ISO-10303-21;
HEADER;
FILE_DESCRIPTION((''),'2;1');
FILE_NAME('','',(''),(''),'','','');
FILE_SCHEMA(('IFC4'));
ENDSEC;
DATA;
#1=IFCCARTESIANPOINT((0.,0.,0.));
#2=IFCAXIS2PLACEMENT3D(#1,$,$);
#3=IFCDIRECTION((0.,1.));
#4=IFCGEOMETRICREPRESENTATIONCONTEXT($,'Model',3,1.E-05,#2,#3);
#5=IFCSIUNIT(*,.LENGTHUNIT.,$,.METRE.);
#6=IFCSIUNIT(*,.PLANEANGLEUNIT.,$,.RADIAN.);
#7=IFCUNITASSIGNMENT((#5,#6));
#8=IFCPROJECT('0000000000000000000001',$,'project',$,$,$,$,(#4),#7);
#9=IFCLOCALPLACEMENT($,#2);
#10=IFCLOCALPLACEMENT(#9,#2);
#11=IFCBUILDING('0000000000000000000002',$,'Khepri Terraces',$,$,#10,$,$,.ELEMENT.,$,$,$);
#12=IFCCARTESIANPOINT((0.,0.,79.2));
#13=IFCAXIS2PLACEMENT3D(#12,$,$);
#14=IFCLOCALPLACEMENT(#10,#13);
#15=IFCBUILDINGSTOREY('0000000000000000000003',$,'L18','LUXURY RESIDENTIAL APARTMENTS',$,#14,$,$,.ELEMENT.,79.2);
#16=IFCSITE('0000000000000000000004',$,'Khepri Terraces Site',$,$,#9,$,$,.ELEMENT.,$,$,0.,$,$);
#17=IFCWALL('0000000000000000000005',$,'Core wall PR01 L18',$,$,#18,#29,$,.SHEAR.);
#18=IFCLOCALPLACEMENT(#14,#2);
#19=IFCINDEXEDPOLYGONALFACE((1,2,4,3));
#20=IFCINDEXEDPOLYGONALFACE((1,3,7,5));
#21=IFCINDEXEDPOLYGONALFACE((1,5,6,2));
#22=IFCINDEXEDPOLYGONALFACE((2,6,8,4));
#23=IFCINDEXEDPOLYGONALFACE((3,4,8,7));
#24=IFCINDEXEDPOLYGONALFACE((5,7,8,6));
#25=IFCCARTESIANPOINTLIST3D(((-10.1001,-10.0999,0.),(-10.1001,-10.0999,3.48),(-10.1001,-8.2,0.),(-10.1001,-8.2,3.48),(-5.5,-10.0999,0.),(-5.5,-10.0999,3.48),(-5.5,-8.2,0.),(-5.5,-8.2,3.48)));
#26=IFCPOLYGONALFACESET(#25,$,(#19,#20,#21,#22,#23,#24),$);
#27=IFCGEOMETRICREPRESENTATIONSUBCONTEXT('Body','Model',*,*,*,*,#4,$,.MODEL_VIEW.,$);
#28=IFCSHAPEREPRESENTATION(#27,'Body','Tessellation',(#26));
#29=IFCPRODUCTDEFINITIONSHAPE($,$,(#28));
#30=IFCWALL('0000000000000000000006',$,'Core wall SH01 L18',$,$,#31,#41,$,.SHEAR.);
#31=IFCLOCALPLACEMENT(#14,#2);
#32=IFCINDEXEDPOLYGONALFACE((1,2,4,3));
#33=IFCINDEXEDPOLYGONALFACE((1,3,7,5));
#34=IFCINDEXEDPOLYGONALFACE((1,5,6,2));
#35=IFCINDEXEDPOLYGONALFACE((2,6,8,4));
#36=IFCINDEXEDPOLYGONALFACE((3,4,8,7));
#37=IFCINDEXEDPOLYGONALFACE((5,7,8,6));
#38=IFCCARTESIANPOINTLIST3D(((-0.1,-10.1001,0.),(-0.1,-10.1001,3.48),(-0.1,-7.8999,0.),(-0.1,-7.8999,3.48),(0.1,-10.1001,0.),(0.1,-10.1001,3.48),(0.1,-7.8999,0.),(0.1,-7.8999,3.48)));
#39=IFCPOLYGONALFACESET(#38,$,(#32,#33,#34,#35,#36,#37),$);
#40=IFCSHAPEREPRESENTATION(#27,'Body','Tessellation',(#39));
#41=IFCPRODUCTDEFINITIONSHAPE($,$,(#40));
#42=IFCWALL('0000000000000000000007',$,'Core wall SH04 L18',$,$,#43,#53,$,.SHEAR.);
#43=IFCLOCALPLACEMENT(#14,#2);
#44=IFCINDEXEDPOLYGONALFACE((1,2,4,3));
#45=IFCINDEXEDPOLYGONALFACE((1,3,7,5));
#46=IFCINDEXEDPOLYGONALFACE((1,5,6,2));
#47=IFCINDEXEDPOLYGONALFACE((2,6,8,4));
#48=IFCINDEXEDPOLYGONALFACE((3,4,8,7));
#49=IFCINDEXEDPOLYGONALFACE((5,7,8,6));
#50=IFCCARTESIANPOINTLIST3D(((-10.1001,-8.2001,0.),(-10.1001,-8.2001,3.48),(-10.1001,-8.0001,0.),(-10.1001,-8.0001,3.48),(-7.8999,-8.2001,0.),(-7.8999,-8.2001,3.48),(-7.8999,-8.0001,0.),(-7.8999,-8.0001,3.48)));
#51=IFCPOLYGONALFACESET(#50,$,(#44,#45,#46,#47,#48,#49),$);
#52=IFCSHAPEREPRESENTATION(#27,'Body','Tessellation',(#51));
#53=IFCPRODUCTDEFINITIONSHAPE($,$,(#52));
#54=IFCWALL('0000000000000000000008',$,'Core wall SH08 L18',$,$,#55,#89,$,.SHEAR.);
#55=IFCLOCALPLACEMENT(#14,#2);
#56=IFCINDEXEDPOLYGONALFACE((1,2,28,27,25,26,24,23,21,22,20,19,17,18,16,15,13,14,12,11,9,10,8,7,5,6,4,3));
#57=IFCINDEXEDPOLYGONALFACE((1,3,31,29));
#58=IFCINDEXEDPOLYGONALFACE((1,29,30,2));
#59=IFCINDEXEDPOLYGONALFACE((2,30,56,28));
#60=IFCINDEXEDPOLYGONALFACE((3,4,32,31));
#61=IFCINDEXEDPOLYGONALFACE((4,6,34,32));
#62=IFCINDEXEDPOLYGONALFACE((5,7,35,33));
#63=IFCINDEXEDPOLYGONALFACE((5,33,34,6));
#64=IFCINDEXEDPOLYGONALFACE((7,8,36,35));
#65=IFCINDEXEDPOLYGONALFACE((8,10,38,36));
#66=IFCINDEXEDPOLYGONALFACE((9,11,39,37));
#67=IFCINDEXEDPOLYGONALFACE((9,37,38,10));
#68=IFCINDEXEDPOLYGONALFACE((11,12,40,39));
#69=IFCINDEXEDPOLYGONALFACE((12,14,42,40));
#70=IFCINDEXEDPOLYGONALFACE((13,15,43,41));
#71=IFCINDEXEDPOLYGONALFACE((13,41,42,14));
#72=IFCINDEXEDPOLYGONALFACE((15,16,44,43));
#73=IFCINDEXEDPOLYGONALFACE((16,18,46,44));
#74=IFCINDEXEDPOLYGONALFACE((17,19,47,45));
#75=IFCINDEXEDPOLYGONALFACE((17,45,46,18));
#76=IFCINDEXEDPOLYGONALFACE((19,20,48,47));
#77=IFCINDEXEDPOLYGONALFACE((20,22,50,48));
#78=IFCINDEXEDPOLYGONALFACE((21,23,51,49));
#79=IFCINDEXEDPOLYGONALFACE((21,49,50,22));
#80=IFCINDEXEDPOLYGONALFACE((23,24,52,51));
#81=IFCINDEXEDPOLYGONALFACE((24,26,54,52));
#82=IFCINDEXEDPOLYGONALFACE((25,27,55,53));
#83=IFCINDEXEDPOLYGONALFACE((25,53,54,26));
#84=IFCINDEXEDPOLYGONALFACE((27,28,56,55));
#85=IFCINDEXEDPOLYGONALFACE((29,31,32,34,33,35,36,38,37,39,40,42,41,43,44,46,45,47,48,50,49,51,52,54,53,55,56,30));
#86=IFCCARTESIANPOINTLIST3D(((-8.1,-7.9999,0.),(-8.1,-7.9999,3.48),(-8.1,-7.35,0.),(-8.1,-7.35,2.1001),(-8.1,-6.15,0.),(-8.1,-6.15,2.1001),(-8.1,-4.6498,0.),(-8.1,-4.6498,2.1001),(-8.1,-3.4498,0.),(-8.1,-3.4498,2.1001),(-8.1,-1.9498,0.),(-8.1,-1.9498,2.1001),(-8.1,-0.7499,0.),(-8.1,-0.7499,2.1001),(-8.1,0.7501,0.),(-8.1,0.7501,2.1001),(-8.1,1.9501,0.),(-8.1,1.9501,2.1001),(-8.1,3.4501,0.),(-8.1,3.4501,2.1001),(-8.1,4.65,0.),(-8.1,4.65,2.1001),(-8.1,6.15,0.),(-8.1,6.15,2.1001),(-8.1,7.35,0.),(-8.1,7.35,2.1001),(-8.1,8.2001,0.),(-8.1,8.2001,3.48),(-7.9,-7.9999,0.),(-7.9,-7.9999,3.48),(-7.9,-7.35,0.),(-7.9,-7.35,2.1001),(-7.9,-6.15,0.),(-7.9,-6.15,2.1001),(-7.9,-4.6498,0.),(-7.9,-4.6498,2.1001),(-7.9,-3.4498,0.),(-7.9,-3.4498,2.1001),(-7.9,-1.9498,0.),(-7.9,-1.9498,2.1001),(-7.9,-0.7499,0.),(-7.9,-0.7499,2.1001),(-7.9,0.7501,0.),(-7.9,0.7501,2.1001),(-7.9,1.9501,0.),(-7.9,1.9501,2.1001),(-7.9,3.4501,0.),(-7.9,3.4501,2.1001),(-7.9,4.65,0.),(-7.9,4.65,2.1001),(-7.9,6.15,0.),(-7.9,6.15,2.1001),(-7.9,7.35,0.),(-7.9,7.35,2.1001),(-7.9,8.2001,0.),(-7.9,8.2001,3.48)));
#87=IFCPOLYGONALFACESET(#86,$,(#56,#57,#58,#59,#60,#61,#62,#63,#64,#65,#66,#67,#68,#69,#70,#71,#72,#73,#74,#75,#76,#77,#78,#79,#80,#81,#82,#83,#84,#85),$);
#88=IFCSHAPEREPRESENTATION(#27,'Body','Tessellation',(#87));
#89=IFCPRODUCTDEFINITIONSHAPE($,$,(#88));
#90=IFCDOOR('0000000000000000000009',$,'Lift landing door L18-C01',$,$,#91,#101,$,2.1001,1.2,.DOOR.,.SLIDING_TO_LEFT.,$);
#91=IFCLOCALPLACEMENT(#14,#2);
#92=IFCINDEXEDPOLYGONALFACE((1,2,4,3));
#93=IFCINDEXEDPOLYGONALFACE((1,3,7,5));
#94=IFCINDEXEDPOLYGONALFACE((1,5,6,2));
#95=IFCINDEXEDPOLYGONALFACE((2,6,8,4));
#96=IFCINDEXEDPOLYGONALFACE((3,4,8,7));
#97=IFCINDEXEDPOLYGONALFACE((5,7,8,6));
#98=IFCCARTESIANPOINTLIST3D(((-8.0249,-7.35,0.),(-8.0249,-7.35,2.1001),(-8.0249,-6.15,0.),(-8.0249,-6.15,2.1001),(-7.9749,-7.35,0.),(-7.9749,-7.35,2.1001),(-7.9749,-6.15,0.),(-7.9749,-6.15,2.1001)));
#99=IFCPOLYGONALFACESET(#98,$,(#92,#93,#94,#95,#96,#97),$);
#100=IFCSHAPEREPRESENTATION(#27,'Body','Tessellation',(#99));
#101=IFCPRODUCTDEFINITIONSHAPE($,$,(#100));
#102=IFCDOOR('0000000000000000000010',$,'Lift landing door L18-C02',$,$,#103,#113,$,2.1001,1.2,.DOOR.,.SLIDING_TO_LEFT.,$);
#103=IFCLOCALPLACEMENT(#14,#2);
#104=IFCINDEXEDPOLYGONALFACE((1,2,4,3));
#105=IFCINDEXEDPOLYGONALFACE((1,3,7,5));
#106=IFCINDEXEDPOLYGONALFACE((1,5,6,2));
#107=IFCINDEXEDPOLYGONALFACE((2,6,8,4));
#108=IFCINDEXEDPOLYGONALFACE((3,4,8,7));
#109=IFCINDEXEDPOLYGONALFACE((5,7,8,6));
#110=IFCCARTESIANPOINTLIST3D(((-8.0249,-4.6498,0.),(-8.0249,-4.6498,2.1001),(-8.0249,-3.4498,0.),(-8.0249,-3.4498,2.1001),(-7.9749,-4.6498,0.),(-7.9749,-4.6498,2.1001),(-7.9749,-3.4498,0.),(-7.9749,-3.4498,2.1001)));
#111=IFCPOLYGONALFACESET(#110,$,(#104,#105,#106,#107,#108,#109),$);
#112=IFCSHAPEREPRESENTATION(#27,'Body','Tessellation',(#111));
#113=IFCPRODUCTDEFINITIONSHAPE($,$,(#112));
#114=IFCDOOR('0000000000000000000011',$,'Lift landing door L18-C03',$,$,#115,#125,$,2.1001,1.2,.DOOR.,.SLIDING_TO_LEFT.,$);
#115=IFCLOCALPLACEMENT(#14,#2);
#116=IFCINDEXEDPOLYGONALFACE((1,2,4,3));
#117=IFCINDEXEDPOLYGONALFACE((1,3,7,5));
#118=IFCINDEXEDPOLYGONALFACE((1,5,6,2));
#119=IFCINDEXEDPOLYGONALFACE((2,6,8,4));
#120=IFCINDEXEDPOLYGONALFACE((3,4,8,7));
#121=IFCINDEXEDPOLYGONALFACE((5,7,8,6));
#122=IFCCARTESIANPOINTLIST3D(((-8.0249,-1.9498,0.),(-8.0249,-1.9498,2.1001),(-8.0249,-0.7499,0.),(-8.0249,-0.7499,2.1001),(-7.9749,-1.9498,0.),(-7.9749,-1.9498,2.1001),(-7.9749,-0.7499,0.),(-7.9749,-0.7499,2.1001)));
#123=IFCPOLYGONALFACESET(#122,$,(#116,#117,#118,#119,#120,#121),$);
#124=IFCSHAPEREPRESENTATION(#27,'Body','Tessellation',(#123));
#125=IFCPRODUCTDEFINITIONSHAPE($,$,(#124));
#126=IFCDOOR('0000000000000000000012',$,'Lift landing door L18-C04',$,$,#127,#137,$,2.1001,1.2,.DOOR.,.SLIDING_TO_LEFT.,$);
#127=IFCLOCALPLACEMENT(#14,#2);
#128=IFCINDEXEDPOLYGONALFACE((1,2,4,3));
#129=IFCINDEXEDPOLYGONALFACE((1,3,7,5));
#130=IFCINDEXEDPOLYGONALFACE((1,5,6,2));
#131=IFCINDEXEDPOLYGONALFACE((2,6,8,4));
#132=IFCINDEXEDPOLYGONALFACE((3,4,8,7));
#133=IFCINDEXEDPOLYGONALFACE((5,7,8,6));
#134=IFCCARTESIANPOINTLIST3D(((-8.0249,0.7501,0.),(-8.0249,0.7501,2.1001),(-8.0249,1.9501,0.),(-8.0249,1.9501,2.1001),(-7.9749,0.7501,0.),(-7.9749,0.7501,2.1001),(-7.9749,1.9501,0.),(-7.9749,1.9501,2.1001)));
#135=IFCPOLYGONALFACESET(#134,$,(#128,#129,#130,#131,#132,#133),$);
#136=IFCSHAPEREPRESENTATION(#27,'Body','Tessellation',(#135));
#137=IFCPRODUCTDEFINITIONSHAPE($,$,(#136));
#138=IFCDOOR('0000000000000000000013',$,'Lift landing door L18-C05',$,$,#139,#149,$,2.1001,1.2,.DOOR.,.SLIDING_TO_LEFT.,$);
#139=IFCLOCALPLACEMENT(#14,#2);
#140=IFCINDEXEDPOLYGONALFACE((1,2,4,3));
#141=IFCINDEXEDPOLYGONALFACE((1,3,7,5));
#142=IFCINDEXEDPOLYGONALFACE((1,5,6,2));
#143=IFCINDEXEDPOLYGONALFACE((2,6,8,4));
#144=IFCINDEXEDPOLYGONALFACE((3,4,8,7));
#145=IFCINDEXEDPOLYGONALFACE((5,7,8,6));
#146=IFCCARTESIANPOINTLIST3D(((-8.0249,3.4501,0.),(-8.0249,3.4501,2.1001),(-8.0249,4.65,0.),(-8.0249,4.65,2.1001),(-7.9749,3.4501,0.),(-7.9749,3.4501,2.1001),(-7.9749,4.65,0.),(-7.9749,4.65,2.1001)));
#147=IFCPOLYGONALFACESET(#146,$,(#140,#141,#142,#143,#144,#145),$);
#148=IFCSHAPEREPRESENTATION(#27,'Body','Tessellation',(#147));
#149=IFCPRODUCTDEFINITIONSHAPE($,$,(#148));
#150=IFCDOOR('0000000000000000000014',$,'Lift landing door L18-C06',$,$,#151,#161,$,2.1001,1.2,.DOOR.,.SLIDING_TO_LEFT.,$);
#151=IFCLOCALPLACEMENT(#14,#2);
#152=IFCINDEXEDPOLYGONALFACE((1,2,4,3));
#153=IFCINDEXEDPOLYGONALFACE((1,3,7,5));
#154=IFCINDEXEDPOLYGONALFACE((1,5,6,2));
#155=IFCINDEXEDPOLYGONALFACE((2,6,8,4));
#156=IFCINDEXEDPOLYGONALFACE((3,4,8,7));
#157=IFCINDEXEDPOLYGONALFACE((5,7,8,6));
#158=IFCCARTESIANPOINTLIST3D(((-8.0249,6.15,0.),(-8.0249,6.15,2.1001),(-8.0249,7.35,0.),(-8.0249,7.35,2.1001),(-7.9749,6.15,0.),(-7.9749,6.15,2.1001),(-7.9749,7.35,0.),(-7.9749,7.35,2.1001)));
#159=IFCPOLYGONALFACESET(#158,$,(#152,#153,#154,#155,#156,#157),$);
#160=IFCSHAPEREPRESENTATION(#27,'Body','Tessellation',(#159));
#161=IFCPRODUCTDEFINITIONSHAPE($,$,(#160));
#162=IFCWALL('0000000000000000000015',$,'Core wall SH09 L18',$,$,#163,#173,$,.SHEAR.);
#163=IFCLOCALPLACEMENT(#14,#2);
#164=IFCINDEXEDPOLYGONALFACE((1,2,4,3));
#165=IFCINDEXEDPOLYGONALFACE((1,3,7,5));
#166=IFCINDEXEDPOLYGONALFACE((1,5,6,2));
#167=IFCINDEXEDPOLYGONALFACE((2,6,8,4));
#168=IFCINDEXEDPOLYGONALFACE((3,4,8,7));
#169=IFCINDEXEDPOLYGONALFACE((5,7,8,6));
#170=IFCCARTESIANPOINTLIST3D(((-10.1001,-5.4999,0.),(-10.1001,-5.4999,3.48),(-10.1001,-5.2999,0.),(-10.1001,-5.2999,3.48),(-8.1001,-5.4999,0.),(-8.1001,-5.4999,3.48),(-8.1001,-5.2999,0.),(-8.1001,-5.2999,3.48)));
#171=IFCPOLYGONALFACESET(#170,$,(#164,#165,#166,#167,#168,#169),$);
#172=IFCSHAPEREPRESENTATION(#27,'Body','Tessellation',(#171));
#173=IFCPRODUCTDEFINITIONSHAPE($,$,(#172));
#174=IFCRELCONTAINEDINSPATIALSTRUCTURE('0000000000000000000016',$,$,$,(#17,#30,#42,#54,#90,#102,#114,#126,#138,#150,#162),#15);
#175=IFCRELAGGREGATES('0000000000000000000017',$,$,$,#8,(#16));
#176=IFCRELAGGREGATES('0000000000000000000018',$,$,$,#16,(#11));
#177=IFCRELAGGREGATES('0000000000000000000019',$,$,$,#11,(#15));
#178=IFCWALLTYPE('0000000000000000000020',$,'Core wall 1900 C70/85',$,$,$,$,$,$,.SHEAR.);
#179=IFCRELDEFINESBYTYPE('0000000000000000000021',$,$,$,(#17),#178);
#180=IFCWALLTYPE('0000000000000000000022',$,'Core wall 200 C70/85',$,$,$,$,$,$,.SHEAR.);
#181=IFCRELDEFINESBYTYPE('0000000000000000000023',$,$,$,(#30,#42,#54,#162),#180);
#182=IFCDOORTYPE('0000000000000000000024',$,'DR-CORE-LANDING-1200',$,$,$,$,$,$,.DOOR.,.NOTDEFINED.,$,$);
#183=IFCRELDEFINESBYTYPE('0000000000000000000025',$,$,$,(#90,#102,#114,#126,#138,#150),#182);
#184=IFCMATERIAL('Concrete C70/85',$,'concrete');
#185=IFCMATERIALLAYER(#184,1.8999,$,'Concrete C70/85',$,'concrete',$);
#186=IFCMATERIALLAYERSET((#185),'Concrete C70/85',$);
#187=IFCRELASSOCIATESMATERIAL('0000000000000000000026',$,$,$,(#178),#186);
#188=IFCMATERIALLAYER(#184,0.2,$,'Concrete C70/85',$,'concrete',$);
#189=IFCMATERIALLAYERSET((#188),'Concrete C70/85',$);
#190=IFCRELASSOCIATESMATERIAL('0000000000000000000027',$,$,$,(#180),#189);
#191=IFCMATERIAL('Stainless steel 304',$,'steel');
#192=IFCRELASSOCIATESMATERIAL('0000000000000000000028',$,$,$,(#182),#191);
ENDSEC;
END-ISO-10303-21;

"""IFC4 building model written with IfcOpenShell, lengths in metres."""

from ifc_helpers import new_model, si_unit, direction, frame, frame_2d, origin, place, context, subcontext, project, spatial, rectangle, extrude, material, layer, layer_set, type_object, element, fill, save


model = new_model("IFC4")

# Units and contexts
model_context = context("Model", 3, precision=1e-05, world=origin(), true_north=direction((0.0, 1.0)))
body_context = subcontext(model_context, "Body", "Model", "MODEL_VIEW")
ifc_project = project(units=[si_unit("LENGTHUNIT", "METRE"), si_unit("PLANEANGLEUNIT", "RADIAN")], contexts=[model_context])

# Site, building, storey
site_placement = place(None, origin())
site = spatial("IfcSite", under=ifc_project, at=site_placement, Name="Khepri Terraces Site", CompositionType="ELEMENT", RefElevation=0.0)
building_placement = place(site_placement, origin())
building = spatial("IfcBuilding", under=site, at=building_placement, Name="Khepri Terraces", CompositionType="ELEMENT")
storey_placement = place(building_placement, frame((0.0, 0.0, 79.2)))
storey = spatial("IfcBuildingStorey", under=building, at=storey_placement, Name="L18", Description="LUXURY RESIDENTIAL APARTMENTS", CompositionType="ELEMENT", Elevation=79.2)

# Walls
ifc_material_1 = material(Name="Concrete C70/85", Category="concrete")
ifc_layer_1 = layer(ifc_material_1, 1.8999, Name="Concrete C70/85", Category="concrete")
ifc_layer_set_1 = layer_set([ifc_layer_1], Name="Concrete C70/85")
wall_type_1 = type_object("IfcWallType", Name="Core wall 1900 C70/85", PredefinedType="SHEAR", material=ifc_layer_set_1)
wall_1_placement = place(storey_placement, frame((-10.1001, -9.1499, 0.0), z_axis=(0.0, 0.0, 1.0), x_axis=(1.0, 0.0, 0.0)))
element("IfcWall", 1, at=wall_1_placement, inside=storey, type_object=wall_type_1, Name="Core wall PR01 L18", PredefinedType="SHEAR", context=body_context, shape_type="SweptSolid", body=[
    extrude(rectangle(XDim=4.6001, YDim=1.8999, at=frame_2d((2.3, 0.0))), origin(), (0.0, 0.0, 1.0), 3.48),
])
ifc_layer_2 = layer(ifc_material_1, 0.2, Name="Concrete C70/85", Category="concrete")
ifc_layer_set_2 = layer_set([ifc_layer_2], Name="Concrete C70/85")
wall_type_2 = type_object("IfcWallType", Name="Core wall 200 C70/85", PredefinedType="SHEAR", material=ifc_layer_set_2)
for number, where, z_axis, x_axis, name in (
    (2, (0.0, -10.1001, 0.0), (0.0, 0.0, 1.0), (0.0, 1.0, 0.0), "Core wall SH01 L18"),
    (3, (-10.1001, -8.1001, 0.0), (0.0, 0.0, 1.0), (1.0, 0.0, 0.0), "Core wall SH04 L18"),
):
    element("IfcWall", number, at=place(storey_placement, frame(where, z_axis=z_axis, x_axis=x_axis)), inside=storey, type_object=wall_type_2, Name=name, PredefinedType="SHEAR", context=body_context, shape_type="SweptSolid", body=[
        extrude(rectangle(XDim=2.2002, YDim=0.2, at=frame_2d((1.1001, 0.0))), origin(), (0.0, 0.0, 1.0), 3.48),
    ])

# Wall, openings, doors
wall_2_placement = place(storey_placement, frame((-8.0, -8.0, 0.0), z_axis=(0.0, 0.0, 1.0), x_axis=(0.0, 1.0, 0.0)))
wall_2 = element("IfcWall", 4, at=wall_2_placement, inside=storey, type_object=wall_type_2, Name="Core wall SH08 L18", PredefinedType="SHEAR", context=body_context, shape_type="SweptSolid", body=[
    extrude(rectangle(XDim=16.2, YDim=0.2, at=frame_2d((8.1001, 0.0))), origin(), (0.0, 0.0, 1.0), 3.48),
])
opening_1_placement = place(wall_2_placement, frame((0.6499, 0.0, 0.0)))
opening_1 = element("IfcOpeningElement", 5, at=opening_1_placement, cuts=wall_2, PredefinedType="OPENING", context=body_context, shape_type="SweptSolid", body=[
    extrude(rectangle(XDim=1.2, YDim=2.1001, at=frame_2d((0.6001, 1.05))), frame((0.0, 0.1099, 0.0), z_axis=(0.0, -1.0, 0.0), x_axis=(1.0, 0.0, 0.0)), (0.0, 0.0, 1.0), 0.22),
])
opening_2_placement = place(wall_2_placement, frame((3.3501, 0.0, 0.0)))
opening_2 = element("IfcOpeningElement", 6, at=opening_2_placement, cuts=wall_2, PredefinedType="OPENING", context=body_context, shape_type="SweptSolid", body=[
    extrude(rectangle(XDim=1.2, YDim=2.1001, at=frame_2d((0.6001, 1.05))), frame((0.0, 0.1099, 0.0), z_axis=(0.0, -1.0, 0.0), x_axis=(1.0, 0.0, 0.0)), (0.0, 0.0, 1.0), 0.22),
])
opening_3_placement = place(wall_2_placement, frame((6.05, 0.0, 0.0)))
opening_3 = element("IfcOpeningElement", 7, at=opening_3_placement, cuts=wall_2, PredefinedType="OPENING", context=body_context, shape_type="SweptSolid", body=[
    extrude(rectangle(XDim=1.2, YDim=2.1001, at=frame_2d((0.6001, 1.05))), frame((0.0, 0.1099, 0.0), z_axis=(0.0, -1.0, 0.0), x_axis=(1.0, 0.0, 0.0)), (0.0, 0.0, 1.0), 0.22),
])
opening_4_placement = place(wall_2_placement, frame((8.75, 0.0, 0.0)))
opening_4 = element("IfcOpeningElement", 8, at=opening_4_placement, cuts=wall_2, PredefinedType="OPENING", context=body_context, shape_type="SweptSolid", body=[
    extrude(rectangle(XDim=1.2, YDim=2.1001, at=frame_2d((0.6001, 1.05))), frame((0.0, 0.1099, 0.0), z_axis=(0.0, -1.0, 0.0), x_axis=(1.0, 0.0, 0.0)), (0.0, 0.0, 1.0), 0.22),
])
opening_5_placement = place(wall_2_placement, frame((11.45, 0.0, 0.0)))
opening_5 = element("IfcOpeningElement", 9, at=opening_5_placement, cuts=wall_2, PredefinedType="OPENING", context=body_context, shape_type="SweptSolid", body=[
    extrude(rectangle(XDim=1.2, YDim=2.1001, at=frame_2d((0.6001, 1.05))), frame((0.0, 0.1099, 0.0), z_axis=(0.0, -1.0, 0.0), x_axis=(1.0, 0.0, 0.0)), (0.0, 0.0, 1.0), 0.22),
])
opening_6_placement = place(wall_2_placement, frame((14.1499, 0.0, 0.0)))
opening_6 = element("IfcOpeningElement", 10, at=opening_6_placement, cuts=wall_2, PredefinedType="OPENING", context=body_context, shape_type="SweptSolid", body=[
    extrude(rectangle(XDim=1.2, YDim=2.1001, at=frame_2d((0.6001, 1.05))), frame((0.0, 0.1099, 0.0), z_axis=(0.0, -1.0, 0.0), x_axis=(1.0, 0.0, 0.0)), (0.0, 0.0, 1.0), 0.22),
])
ifc_material_2 = material(Name="Stainless steel 304", Category="steel")
door_type_1 = type_object("IfcDoorType", Name="DR-CORE-LANDING-1200", OperationType="NOTDEFINED", PredefinedType="DOOR", material=ifc_material_2)
door_1_placement = place(opening_1_placement, origin())
door_1 = element("IfcDoor", 11, at=door_1_placement, inside=storey, type_object=door_type_1, Name="Lift landing door L18-C01", OperationType="SLIDING_TO_LEFT", OverallHeight=2.1001, OverallWidth=1.2, PredefinedType="DOOR", context=body_context, shape_type="SweptSolid", body=[
    extrude(rectangle(XDim=1.2, YDim=2.1001, at=frame_2d((0.6001, 1.05))), frame((0.0, 0.0249, 0.0), z_axis=(0.0, -1.0, 0.0), x_axis=(1.0, 0.0, 0.0)), (0.0, 0.0, 1.0), 0.05),
])
fill(opening_1, door_1)
door_2_placement = place(opening_2_placement, origin())
door_2 = element("IfcDoor", 12, at=door_2_placement, inside=storey, type_object=door_type_1, Name="Lift landing door L18-C02", OperationType="SLIDING_TO_LEFT", OverallHeight=2.1001, OverallWidth=1.2, PredefinedType="DOOR", context=body_context, shape_type="SweptSolid", body=[
    extrude(rectangle(XDim=1.2, YDim=2.1001, at=frame_2d((0.6001, 1.05))), frame((0.0, 0.0249, 0.0), z_axis=(0.0, -1.0, 0.0), x_axis=(1.0, 0.0, 0.0)), (0.0, 0.0, 1.0), 0.05),
])
fill(opening_2, door_2)
door_3_placement = place(opening_3_placement, origin())
door_3 = element("IfcDoor", 13, at=door_3_placement, inside=storey, type_object=door_type_1, Name="Lift landing door L18-C03", OperationType="SLIDING_TO_LEFT", OverallHeight=2.1001, OverallWidth=1.2, PredefinedType="DOOR", context=body_context, shape_type="SweptSolid", body=[
    extrude(rectangle(XDim=1.2, YDim=2.1001, at=frame_2d((0.6001, 1.05))), frame((0.0, 0.0249, 0.0), z_axis=(0.0, -1.0, 0.0), x_axis=(1.0, 0.0, 0.0)), (0.0, 0.0, 1.0), 0.05),
])
fill(opening_3, door_3)
door_4_placement = place(opening_4_placement, origin())
door_4 = element("IfcDoor", 14, at=door_4_placement, inside=storey, type_object=door_type_1, Name="Lift landing door L18-C04", OperationType="SLIDING_TO_LEFT", OverallHeight=2.1001, OverallWidth=1.2, PredefinedType="DOOR", context=body_context, shape_type="SweptSolid", body=[
    extrude(rectangle(XDim=1.2, YDim=2.1001, at=frame_2d((0.6001, 1.05))), frame((0.0, 0.0249, 0.0), z_axis=(0.0, -1.0, 0.0), x_axis=(1.0, 0.0, 0.0)), (0.0, 0.0, 1.0), 0.05),
])
fill(opening_4, door_4)
door_5_placement = place(opening_5_placement, origin())
door_5 = element("IfcDoor", 15, at=door_5_placement, inside=storey, type_object=door_type_1, Name="Lift landing door L18-C05", OperationType="SLIDING_TO_LEFT", OverallHeight=2.1001, OverallWidth=1.2, PredefinedType="DOOR", context=body_context, shape_type="SweptSolid", body=[
    extrude(rectangle(XDim=1.2, YDim=2.1001, at=frame_2d((0.6001, 1.05))), frame((0.0, 0.0249, 0.0), z_axis=(0.0, -1.0, 0.0), x_axis=(1.0, 0.0, 0.0)), (0.0, 0.0, 1.0), 0.05),
])
fill(opening_5, door_5)
door_6_placement = place(opening_6_placement, origin())
door_6 = element("IfcDoor", 16, at=door_6_placement, inside=storey, type_object=door_type_1, Name="Lift landing door L18-C06", OperationType="SLIDING_TO_LEFT", OverallHeight=2.1001, OverallWidth=1.2, PredefinedType="DOOR", context=body_context, shape_type="SweptSolid", body=[
    extrude(rectangle(XDim=1.2, YDim=2.1001, at=frame_2d((0.6001, 1.05))), frame((0.0, 0.0249, 0.0), z_axis=(0.0, -1.0, 0.0), x_axis=(1.0, 0.0, 0.0)), (0.0, 0.0, 1.0), 0.05),
])
fill(opening_6, door_6)

# Wall
wall_3_placement = place(storey_placement, frame((-10.1001, -5.3999, 0.0), z_axis=(0.0, 0.0, 1.0), x_axis=(1.0, 0.0, 0.0)))
element("IfcWall", 17, at=wall_3_placement, inside=storey, type_object=wall_type_2, Name="Core wall SH09 L18", PredefinedType="SHEAR", context=body_context, shape_type="SweptSolid", body=[
    extrude(rectangle(XDim=2.0, YDim=0.2, at=frame_2d((1.0, 0.0))), origin(), (0.0, 0.0, 1.0), 3.48),
])

save(model, "model.ifc")
